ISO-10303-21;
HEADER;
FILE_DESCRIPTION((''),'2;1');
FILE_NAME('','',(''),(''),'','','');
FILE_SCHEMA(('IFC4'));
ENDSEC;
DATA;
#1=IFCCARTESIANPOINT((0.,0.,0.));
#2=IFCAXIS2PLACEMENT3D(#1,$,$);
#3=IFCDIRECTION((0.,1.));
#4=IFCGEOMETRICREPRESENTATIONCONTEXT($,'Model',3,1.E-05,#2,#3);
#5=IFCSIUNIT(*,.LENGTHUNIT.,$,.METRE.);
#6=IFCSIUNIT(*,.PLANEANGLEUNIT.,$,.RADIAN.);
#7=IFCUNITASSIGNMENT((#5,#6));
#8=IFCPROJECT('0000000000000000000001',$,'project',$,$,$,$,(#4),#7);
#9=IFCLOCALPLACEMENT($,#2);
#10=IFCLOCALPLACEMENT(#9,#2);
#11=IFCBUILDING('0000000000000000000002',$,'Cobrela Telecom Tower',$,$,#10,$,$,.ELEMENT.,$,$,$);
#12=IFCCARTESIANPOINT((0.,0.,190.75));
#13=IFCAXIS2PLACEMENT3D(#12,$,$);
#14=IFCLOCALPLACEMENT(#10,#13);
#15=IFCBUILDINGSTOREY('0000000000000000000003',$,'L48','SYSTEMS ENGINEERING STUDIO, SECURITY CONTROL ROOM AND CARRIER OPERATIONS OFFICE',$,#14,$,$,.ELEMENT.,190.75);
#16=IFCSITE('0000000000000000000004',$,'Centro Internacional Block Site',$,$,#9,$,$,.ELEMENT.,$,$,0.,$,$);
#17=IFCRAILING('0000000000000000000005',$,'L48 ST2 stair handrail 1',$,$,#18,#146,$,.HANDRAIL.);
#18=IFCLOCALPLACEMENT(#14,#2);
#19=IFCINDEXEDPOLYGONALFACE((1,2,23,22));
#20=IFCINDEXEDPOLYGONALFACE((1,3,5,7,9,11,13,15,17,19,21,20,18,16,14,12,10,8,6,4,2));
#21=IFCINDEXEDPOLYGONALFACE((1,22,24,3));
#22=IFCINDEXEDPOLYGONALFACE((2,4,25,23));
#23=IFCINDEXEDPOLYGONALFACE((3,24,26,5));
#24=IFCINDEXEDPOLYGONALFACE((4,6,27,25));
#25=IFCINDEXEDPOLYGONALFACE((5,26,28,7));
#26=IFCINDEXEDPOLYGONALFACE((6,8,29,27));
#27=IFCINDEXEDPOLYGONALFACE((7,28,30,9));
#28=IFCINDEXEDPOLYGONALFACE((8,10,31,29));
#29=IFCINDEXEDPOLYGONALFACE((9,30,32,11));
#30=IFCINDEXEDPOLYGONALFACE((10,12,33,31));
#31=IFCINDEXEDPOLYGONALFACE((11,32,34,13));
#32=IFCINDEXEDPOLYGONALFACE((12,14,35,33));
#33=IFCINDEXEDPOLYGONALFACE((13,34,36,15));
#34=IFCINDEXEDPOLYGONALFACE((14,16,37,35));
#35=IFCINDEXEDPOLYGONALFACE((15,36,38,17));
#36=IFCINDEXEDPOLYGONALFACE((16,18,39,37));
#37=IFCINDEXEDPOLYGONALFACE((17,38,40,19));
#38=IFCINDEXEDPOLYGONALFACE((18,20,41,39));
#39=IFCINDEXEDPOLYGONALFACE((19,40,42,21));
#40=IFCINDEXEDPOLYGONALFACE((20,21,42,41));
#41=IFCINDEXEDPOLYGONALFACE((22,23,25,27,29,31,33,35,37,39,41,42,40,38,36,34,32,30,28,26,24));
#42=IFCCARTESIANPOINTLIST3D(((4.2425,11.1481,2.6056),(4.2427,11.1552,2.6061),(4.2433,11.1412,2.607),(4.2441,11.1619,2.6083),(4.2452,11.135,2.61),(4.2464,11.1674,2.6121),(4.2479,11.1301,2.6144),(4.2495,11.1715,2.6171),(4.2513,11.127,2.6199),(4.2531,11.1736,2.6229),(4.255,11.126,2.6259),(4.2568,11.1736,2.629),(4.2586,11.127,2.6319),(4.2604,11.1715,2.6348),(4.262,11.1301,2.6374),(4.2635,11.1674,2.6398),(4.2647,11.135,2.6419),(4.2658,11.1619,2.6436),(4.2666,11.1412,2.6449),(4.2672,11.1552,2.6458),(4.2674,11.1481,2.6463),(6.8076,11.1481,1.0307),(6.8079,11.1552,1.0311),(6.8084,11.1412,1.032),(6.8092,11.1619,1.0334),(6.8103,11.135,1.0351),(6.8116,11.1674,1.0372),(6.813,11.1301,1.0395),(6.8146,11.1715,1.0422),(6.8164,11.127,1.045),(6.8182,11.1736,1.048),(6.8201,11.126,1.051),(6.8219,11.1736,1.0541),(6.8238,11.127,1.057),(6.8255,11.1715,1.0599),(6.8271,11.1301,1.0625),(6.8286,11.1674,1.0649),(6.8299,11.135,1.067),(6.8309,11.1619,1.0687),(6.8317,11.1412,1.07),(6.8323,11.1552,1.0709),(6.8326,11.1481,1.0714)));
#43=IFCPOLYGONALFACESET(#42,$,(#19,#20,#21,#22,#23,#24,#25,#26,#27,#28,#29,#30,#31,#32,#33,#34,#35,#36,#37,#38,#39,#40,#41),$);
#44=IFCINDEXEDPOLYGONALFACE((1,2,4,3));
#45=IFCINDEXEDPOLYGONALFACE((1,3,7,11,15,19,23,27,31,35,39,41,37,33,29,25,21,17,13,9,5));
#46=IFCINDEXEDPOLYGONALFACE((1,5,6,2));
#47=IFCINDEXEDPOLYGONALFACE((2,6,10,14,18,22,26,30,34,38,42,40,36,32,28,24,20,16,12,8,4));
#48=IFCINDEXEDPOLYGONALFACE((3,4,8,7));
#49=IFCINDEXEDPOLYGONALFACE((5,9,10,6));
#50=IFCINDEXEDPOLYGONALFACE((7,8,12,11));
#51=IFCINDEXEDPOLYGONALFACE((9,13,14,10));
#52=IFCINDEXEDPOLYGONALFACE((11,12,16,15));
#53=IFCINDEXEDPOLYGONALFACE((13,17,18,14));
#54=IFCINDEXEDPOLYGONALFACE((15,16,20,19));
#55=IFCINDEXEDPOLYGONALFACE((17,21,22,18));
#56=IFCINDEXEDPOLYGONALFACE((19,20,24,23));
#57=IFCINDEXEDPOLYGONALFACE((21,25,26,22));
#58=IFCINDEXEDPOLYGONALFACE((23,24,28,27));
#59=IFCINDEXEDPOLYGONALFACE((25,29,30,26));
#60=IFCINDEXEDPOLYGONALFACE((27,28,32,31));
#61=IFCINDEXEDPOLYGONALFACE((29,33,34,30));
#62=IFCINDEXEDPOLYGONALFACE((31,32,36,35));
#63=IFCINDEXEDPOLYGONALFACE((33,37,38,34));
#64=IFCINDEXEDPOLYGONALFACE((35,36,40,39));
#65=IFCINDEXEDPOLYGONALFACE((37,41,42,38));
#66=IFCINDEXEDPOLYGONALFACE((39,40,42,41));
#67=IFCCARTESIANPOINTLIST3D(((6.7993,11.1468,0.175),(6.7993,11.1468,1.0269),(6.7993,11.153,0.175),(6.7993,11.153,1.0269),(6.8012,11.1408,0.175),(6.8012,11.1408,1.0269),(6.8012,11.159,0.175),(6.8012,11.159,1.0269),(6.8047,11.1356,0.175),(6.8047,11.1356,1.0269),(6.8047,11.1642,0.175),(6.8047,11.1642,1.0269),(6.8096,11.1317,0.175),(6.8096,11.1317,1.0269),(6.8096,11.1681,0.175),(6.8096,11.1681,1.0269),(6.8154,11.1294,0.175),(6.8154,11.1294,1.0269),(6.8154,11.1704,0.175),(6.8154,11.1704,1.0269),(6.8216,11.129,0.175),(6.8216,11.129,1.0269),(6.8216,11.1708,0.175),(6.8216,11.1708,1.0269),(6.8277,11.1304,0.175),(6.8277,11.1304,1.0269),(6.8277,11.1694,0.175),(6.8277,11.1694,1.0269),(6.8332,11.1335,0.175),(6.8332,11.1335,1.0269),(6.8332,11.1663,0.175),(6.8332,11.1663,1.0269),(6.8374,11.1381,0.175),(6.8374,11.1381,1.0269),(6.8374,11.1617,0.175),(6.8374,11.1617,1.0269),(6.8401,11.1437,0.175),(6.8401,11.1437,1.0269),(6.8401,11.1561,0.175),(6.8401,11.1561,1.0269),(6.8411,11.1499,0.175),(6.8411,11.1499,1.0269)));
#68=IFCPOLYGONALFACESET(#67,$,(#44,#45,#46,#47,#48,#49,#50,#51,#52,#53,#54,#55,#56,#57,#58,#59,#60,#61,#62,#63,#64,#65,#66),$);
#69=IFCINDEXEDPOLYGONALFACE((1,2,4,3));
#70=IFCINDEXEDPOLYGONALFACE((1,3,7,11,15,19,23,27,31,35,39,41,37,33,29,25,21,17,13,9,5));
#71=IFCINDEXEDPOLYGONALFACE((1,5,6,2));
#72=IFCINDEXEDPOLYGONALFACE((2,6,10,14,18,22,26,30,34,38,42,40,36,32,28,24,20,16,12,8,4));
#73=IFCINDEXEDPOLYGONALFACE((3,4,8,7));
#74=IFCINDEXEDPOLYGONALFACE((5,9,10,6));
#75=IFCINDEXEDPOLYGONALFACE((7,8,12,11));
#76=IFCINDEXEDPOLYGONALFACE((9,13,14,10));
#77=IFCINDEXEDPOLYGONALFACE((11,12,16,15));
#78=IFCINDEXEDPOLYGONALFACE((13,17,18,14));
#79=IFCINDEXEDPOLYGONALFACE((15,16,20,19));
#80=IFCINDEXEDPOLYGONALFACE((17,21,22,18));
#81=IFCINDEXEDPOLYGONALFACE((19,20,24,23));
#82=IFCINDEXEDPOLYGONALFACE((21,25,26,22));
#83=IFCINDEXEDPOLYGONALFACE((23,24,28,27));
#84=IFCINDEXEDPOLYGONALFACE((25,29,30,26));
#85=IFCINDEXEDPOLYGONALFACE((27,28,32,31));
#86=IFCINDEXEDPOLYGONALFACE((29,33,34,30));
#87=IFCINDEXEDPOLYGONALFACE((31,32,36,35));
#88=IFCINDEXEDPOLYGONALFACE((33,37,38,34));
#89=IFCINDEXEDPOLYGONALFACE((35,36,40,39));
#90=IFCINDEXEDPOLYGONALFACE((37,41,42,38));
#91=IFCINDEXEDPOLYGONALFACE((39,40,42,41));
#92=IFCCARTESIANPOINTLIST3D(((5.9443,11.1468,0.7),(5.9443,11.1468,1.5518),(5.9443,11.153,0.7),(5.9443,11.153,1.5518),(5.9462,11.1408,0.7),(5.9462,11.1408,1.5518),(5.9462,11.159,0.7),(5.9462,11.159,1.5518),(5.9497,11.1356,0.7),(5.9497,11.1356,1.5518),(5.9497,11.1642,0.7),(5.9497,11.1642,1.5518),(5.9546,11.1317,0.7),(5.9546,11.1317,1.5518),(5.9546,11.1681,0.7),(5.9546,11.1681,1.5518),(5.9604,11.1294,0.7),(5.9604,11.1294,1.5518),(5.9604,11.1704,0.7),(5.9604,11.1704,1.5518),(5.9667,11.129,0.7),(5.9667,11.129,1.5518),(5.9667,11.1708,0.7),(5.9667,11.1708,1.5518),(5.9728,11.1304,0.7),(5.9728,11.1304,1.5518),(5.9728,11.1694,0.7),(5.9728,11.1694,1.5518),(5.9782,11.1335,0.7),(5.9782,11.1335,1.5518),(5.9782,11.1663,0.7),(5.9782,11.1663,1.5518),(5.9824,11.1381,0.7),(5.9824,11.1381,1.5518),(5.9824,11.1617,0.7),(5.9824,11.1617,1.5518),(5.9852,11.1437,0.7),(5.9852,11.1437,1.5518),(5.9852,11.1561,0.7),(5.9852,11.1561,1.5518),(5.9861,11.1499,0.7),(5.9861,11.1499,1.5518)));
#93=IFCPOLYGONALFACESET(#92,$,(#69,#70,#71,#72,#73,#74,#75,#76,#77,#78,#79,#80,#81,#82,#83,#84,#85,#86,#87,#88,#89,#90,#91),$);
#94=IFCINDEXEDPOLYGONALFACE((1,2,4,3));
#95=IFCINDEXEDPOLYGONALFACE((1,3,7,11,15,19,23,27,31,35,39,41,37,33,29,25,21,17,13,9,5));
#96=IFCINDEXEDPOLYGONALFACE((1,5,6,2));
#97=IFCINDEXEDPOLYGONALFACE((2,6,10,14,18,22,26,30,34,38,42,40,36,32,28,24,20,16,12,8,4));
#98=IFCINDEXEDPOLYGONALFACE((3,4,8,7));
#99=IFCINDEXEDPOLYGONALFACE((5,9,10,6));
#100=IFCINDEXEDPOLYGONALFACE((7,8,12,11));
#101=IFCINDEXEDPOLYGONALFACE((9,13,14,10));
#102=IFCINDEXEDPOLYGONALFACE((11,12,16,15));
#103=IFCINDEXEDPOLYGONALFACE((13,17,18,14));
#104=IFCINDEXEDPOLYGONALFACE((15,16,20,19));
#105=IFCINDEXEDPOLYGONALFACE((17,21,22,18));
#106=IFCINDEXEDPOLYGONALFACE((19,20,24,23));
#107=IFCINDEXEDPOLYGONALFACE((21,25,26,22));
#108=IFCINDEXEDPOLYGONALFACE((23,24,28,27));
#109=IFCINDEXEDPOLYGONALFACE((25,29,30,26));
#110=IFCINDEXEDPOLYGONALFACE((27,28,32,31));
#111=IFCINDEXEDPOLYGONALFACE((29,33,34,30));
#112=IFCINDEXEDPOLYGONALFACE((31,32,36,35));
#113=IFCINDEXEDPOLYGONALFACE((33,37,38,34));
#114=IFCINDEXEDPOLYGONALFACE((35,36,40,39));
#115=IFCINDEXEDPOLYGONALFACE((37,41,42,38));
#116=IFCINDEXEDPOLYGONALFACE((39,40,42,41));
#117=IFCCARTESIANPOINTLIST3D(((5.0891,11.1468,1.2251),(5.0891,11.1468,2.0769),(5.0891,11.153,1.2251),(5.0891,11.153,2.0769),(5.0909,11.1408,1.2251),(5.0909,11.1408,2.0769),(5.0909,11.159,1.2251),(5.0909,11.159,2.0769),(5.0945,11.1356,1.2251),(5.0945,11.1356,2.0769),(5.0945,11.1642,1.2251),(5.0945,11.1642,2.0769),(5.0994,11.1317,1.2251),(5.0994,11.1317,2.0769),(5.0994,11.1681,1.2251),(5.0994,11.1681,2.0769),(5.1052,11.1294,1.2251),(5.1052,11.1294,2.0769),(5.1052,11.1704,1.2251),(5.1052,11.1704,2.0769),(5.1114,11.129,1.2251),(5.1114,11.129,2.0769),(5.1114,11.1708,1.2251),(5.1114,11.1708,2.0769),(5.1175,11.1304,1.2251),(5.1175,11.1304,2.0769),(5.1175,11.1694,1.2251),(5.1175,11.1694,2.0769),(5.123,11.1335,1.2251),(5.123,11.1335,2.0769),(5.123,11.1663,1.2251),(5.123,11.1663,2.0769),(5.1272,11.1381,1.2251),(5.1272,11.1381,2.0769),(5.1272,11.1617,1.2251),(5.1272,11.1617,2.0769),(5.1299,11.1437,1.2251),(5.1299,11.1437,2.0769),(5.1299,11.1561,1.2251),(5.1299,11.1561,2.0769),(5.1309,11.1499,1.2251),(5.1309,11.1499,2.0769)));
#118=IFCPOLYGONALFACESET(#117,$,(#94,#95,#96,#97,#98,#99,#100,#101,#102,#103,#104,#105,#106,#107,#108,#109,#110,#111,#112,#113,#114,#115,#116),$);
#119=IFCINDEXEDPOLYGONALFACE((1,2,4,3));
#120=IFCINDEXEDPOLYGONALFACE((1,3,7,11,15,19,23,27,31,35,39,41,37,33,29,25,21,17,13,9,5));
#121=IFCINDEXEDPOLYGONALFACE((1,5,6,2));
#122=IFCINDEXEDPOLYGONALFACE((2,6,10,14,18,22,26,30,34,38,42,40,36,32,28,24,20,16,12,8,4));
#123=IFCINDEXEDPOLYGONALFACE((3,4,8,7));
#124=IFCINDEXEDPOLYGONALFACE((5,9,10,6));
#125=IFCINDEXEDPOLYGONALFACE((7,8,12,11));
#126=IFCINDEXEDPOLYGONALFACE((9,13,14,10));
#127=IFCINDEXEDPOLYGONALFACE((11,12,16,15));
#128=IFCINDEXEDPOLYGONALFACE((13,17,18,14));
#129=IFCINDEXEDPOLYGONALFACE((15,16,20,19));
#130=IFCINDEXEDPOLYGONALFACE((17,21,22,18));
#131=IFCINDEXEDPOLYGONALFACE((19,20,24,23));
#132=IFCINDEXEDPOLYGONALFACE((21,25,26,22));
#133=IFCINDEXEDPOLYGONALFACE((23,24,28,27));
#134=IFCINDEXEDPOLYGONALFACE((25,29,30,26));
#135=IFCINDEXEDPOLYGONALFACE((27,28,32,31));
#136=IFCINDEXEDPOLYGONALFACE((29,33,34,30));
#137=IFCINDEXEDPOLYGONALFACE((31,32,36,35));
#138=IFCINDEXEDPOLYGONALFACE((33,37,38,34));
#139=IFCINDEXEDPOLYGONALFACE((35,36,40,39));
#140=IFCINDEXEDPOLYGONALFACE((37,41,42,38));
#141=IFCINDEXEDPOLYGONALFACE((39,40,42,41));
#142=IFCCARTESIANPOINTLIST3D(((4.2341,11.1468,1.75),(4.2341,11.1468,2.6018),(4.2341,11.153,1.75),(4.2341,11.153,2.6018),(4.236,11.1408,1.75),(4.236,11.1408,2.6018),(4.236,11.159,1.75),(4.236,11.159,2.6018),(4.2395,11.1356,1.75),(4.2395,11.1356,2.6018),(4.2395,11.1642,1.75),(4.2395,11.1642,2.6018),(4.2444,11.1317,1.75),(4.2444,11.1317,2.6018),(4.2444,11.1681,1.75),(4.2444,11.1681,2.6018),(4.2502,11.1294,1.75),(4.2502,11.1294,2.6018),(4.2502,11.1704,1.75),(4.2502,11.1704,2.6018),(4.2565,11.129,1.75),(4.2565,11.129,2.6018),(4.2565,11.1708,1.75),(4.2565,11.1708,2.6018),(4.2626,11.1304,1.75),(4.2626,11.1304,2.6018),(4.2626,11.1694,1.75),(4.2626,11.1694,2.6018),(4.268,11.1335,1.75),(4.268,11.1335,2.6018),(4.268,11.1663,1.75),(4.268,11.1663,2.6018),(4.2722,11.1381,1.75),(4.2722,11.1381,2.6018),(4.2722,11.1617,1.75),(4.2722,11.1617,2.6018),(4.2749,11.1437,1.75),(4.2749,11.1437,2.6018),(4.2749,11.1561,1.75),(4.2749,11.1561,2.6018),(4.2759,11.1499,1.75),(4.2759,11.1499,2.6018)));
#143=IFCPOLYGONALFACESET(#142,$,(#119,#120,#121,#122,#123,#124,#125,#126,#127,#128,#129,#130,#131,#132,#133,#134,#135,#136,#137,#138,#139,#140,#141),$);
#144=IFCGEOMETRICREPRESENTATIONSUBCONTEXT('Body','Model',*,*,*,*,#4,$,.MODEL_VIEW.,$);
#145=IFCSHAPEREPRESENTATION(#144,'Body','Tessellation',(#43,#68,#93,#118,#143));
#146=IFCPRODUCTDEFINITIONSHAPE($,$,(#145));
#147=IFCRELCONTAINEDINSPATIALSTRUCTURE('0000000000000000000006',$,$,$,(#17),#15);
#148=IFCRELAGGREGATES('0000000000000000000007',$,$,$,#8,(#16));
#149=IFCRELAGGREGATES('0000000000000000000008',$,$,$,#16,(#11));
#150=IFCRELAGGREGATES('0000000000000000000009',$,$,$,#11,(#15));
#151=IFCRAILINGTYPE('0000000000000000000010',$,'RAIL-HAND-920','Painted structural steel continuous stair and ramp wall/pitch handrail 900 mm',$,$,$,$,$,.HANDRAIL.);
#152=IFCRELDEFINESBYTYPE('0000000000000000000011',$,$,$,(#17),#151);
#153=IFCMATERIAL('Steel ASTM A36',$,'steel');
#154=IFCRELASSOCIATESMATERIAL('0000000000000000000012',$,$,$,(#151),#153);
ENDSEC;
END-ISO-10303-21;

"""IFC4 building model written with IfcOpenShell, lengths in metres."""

from ifc_helpers import new_model, si_unit, direction, frame, origin, origin_2d, place, context, subcontext, project, spatial, circle, extrude, material, type_object, element, save


model = new_model("IFC4")

# Units and contexts
model_context = context("Model", 3, precision=1e-05, world=origin(), true_north=direction((0.0, 1.0)))
body_context = subcontext(model_context, "Body", "Model", "MODEL_VIEW")
ifc_project = project(units=[si_unit("LENGTHUNIT", "METRE"), si_unit("PLANEANGLEUNIT", "RADIAN")], contexts=[model_context])

# Site, building, storey
site_placement = place(None, origin())
site = spatial("IfcSite", under=ifc_project, at=site_placement, Name="Centro Internacional Block Site", CompositionType="ELEMENT", RefElevation=0.0)
building_placement = place(site_placement, origin())
building = spatial("IfcBuilding", under=site, at=building_placement, Name="Cobrela Telecom Tower", CompositionType="ELEMENT")
storey_placement = place(building_placement, frame((0.0, 0.0, 190.75)))
storey = spatial("IfcBuildingStorey", under=building, at=storey_placement, Name="L48", Description="SYSTEMS ENGINEERING STUDIO, SECURITY CONTROL ROOM AND CARRIER OPERATIONS OFFICE", CompositionType="ELEMENT", Elevation=190.75)

# Railing
ifc_material_1 = material(Name="Steel ASTM A36", Category="steel")
railing_type_1 = type_object("IfcRailingType", Name="RAIL-HAND-920", Description="Painted structural steel continuous stair and ramp wall/pitch handrail 900 mm", PredefinedType="HANDRAIL", material=ifc_material_1)
railing_1_placement = place(storey_placement, frame((6.8201, 11.1499, 0.175)))
element("IfcRailing", 1, at=railing_1_placement, inside=storey, type_object=railing_type_1, Name="L48 ST2 stair handrail 1", PredefinedType="HANDRAIL", context=body_context, shape_type="SweptSolid", body=[
    extrude(circle(Radius=0.0239, at=origin_2d()), frame((0.0, 0.0, 0.876), z_axis=(-0.852195, 0.0, 0.523224), x_axis=(0.0, -1.0, 0.0)), (0.0, 0.0, 1.0), 3.01),
    extrude(circle(Radius=0.021, at=origin_2d()), origin(), (0.0, 0.0, 1.0), 0.8518),
    extrude(circle(Radius=0.021, at=origin_2d()), frame((-0.855, 0.0, 0.5249)), (0.0, 0.0, 1.0), 0.8518),
    extrude(circle(Radius=0.021, at=origin_2d()), frame((-1.7102, 0.0, 1.05)), (0.0, 0.0, 1.0), 0.8518),
    extrude(circle(Radius=0.021, at=origin_2d()), frame((-2.5652, 0.0, 1.575)), (0.0, 0.0, 1.0), 0.8518),
])

save(model, "model.ifc")
